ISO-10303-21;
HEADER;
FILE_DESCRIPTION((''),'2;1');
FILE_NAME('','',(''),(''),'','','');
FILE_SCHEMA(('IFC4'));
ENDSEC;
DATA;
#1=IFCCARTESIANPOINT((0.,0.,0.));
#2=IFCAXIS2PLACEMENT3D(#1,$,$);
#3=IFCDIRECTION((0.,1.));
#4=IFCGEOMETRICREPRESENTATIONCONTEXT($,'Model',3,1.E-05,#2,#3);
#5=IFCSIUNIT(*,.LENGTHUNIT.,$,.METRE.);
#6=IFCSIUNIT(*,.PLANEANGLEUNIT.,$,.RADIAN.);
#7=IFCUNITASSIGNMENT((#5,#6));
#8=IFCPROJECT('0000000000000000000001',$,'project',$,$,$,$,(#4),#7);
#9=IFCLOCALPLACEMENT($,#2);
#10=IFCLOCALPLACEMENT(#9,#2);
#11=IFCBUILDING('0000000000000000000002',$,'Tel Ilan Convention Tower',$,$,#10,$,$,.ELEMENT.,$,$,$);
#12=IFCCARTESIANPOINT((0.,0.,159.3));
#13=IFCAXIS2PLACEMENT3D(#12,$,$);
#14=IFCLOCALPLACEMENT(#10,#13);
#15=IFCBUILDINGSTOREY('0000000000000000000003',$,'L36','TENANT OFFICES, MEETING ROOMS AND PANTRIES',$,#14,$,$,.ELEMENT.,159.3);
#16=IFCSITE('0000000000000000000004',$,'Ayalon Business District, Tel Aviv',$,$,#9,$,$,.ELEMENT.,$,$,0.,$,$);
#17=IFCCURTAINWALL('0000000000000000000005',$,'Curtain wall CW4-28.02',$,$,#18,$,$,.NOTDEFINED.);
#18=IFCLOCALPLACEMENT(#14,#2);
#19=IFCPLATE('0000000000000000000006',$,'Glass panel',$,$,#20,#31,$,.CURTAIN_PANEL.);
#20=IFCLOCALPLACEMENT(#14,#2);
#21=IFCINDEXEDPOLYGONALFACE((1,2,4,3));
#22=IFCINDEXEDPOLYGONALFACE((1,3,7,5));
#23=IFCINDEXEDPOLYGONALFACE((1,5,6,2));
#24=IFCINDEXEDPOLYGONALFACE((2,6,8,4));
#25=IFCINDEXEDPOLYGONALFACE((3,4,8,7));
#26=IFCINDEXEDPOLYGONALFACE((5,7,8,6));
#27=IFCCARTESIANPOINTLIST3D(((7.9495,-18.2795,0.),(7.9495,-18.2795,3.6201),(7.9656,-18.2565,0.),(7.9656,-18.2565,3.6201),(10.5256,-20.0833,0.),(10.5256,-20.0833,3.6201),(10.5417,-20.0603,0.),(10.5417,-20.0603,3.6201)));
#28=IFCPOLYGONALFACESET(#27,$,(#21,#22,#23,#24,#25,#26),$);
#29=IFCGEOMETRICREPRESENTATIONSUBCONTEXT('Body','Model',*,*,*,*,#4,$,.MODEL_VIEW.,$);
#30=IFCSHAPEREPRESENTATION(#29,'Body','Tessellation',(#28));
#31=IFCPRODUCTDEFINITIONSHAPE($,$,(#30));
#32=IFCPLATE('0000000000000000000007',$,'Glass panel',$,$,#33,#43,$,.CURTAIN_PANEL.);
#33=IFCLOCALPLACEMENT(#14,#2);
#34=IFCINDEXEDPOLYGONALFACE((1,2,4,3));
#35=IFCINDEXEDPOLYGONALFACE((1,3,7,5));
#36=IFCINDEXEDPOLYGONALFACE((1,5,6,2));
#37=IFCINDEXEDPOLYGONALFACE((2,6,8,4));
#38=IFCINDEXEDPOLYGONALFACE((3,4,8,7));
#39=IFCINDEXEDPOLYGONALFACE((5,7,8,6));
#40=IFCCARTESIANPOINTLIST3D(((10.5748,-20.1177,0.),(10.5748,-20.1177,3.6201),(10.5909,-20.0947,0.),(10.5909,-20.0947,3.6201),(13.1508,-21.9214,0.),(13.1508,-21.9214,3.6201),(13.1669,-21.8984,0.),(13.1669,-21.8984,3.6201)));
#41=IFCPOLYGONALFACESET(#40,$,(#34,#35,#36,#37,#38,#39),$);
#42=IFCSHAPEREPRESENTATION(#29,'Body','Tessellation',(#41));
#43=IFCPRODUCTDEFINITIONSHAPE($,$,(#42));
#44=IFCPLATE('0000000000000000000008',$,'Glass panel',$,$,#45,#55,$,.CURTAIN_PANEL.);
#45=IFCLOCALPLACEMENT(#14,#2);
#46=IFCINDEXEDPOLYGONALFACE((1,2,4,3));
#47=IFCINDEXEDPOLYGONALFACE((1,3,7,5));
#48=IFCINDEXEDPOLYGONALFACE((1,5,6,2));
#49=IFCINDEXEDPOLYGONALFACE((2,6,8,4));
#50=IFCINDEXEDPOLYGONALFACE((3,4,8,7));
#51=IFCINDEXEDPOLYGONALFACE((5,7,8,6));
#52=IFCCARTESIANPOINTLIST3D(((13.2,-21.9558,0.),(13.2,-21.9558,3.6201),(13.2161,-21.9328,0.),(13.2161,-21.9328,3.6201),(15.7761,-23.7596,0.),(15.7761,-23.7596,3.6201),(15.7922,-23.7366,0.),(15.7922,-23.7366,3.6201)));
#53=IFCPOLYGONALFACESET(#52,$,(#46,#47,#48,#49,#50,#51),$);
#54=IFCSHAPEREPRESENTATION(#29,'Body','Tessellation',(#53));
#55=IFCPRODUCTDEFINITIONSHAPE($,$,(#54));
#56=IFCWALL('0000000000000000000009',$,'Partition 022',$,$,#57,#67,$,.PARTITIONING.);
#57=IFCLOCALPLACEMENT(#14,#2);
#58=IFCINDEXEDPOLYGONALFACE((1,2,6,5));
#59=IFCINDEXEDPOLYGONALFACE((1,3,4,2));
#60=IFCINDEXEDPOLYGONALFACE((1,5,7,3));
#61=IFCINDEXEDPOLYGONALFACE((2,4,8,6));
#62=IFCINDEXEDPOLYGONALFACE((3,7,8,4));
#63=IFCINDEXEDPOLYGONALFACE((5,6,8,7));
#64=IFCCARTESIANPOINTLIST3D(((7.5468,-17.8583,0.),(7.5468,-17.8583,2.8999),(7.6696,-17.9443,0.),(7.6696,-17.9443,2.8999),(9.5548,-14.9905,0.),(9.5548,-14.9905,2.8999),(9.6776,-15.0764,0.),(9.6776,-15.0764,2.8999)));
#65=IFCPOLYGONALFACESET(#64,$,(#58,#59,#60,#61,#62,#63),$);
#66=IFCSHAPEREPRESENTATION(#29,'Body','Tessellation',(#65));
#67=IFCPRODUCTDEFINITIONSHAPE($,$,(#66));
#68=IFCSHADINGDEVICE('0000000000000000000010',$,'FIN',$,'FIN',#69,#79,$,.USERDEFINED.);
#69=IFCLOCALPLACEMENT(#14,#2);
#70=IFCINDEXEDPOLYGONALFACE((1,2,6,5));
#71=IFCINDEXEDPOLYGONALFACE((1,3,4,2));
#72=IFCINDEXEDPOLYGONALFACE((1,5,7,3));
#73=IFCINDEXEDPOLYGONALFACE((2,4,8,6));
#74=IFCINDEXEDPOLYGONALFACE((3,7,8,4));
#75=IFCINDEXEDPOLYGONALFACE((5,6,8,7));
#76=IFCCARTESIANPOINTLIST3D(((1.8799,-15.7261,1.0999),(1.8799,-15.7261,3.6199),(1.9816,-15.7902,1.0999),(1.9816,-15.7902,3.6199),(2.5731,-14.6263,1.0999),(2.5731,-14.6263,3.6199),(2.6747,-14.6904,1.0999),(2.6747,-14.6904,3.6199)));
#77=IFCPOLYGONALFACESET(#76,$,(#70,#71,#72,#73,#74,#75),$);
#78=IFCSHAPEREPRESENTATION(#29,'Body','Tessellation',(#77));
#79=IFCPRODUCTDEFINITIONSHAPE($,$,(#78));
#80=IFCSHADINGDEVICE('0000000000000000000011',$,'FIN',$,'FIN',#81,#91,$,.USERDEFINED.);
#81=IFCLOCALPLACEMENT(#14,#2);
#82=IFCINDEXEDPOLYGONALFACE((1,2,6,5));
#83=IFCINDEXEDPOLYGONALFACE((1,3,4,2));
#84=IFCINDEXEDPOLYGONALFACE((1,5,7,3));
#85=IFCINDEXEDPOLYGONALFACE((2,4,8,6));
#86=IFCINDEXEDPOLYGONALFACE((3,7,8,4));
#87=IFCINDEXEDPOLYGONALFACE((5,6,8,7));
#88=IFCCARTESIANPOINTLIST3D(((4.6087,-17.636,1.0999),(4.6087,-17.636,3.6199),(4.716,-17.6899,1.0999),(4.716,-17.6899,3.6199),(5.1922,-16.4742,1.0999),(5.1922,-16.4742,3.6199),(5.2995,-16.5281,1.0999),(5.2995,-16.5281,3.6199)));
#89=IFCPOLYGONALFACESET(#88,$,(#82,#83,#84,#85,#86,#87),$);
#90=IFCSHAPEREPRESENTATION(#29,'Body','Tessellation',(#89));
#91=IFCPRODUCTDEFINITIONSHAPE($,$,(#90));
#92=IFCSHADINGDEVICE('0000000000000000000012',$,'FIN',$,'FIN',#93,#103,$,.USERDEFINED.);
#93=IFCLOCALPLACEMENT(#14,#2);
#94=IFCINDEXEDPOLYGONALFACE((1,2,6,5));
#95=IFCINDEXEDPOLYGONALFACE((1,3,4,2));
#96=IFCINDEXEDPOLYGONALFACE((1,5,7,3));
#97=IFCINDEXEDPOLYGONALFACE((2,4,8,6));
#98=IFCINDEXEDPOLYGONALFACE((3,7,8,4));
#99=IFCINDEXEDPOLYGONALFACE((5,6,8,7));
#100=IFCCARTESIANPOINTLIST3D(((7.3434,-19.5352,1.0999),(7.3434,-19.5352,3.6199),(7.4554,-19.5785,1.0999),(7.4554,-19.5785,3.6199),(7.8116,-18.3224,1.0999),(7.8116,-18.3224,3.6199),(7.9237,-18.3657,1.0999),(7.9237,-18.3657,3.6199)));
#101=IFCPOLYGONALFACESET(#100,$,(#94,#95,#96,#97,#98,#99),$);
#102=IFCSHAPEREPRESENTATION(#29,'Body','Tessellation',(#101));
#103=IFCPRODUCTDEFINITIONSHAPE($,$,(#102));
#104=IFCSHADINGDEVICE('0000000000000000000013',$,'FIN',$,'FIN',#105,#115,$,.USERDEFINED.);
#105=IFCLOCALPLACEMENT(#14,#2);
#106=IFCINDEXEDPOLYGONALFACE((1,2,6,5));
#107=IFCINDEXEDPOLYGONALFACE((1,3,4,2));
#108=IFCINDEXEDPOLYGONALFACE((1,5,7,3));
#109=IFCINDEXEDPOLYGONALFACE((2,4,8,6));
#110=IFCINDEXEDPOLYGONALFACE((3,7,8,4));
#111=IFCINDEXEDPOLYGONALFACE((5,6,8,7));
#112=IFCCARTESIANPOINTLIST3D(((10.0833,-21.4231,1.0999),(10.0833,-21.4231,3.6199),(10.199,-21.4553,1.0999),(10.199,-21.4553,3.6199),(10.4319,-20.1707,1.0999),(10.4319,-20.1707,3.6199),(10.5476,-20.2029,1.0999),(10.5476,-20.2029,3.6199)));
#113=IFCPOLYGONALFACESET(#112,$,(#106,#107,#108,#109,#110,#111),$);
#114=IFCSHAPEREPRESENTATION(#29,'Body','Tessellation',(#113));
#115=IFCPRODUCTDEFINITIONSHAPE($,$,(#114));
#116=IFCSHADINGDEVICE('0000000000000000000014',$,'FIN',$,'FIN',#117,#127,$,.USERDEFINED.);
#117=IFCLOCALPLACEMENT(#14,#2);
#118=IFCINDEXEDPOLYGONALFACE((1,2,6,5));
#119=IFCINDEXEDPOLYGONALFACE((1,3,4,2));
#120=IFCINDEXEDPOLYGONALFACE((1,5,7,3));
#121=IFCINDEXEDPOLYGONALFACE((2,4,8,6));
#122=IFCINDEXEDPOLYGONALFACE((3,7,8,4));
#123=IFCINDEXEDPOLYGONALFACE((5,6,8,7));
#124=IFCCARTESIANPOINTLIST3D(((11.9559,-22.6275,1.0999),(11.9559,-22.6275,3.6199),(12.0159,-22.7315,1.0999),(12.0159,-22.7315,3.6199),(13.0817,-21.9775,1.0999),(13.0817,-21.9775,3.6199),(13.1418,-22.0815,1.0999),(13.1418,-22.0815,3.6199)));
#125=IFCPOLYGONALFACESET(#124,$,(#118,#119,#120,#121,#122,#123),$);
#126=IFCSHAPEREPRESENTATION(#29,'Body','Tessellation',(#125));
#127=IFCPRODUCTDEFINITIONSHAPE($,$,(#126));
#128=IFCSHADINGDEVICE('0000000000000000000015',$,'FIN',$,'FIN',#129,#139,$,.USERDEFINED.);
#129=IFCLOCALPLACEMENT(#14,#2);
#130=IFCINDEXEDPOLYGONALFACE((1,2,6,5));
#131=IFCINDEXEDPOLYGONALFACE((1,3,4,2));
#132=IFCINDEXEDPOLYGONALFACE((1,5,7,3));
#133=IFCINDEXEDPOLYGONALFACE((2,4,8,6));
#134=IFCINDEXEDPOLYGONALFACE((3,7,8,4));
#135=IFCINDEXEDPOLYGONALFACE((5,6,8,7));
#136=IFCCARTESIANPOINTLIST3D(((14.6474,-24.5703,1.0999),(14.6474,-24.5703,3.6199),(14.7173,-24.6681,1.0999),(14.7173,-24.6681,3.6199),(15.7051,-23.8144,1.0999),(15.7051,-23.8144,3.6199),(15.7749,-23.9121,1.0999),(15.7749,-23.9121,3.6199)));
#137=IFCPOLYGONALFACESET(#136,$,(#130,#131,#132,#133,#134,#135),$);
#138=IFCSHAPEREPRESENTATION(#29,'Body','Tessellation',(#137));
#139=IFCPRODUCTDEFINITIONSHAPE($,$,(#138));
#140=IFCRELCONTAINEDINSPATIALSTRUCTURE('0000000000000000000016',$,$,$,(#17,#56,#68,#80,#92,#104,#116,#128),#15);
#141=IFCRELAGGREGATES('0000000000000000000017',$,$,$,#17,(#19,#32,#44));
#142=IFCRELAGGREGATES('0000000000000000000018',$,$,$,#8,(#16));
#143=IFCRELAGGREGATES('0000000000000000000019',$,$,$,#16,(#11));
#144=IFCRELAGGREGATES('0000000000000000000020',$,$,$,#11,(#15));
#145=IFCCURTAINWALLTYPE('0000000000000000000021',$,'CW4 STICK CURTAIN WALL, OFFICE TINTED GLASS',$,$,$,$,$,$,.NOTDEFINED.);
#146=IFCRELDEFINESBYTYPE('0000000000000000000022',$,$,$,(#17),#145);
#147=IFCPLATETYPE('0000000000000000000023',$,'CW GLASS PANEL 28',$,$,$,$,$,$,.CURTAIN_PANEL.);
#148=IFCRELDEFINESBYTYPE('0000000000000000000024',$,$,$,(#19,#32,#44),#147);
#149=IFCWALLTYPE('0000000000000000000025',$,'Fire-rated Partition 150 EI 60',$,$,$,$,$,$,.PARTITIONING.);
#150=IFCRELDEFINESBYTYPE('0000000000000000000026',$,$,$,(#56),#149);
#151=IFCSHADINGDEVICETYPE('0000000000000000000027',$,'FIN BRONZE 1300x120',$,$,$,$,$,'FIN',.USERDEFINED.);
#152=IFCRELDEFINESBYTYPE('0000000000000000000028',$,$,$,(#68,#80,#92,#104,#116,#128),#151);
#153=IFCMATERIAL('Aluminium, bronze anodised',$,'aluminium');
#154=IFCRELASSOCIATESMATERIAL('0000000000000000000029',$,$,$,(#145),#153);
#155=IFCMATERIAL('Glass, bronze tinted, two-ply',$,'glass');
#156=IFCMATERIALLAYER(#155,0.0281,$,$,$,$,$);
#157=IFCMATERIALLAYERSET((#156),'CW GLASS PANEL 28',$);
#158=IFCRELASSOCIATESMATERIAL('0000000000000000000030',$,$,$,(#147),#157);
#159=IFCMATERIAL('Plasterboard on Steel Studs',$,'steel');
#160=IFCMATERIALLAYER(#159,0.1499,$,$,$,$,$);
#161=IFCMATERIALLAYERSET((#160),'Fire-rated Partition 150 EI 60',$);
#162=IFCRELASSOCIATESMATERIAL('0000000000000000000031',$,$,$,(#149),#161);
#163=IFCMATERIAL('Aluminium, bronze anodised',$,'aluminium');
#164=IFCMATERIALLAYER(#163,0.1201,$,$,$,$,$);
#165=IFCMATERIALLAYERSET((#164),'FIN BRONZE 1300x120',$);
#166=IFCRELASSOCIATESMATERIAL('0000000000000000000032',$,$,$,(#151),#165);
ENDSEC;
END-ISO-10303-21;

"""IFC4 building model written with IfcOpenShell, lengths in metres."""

from ifc_helpers import new_model, si_unit, direction, frame, frame_2d, origin, origin_2d, place, context, subcontext, project, spatial, rectangle, extrude, material, layer, layer_set, type_object, element, aggregate, save


model = new_model("IFC4")

# Units and contexts
model_context = context("Model", 3, precision=1e-05, world=origin(), true_north=direction((0.0, 1.0)))
body_context = subcontext(model_context, "Body", "Model", "MODEL_VIEW")
ifc_project = project(units=[si_unit("LENGTHUNIT", "METRE"), si_unit("PLANEANGLEUNIT", "RADIAN")], contexts=[model_context])

# Site, building, storey
site_placement = place(None, origin())
site = spatial("IfcSite", under=ifc_project, at=site_placement, Name="Ayalon Business District, Tel Aviv", CompositionType="ELEMENT", RefElevation=0.0)
building_placement = place(site_placement, origin())
building = spatial("IfcBuilding", under=site, at=building_placement, Name="Tel Ilan Convention Tower", CompositionType="ELEMENT")
storey_placement = place(building_placement, frame((0.0, 0.0, 159.3)))
storey = spatial("IfcBuildingStorey", under=building, at=storey_placement, Name="L36", Description="TENANT OFFICES, MEETING ROOMS AND PANTRIES", CompositionType="ELEMENT", Elevation=159.3)

# Curtain wall, plates
ifc_material_1 = material(Name="Aluminium, bronze anodised", Category="aluminium")
curtain_wall_type = type_object("IfcCurtainWallType", Name="CW4 STICK CURTAIN WALL, OFFICE TINTED GLASS", PredefinedType="NOTDEFINED", material=ifc_material_1)
curtain_wall_placement = place(storey_placement, origin())
curtain_wall = element("IfcCurtainWall", 1, at=curtain_wall_placement, inside=storey, type_object=curtain_wall_type, Name="Curtain wall CW4-28.02", PredefinedType="NOTDEFINED")
ifc_material_2 = material(Name="Glass, bronze tinted, two-ply", Category="glass")
ifc_layer_1 = layer(ifc_material_2, 0.0281)
ifc_layer_set_1 = layer_set([ifc_layer_1], Name="CW GLASS PANEL 28")
plate_type = type_object("IfcPlateType", Name="CW GLASS PANEL 28", PredefinedType="CURTAIN_PANEL", material=ifc_layer_set_1)
plate_1_placement = place(storey_placement, frame((9.2456, -19.1699, 0.0), z_axis=(0.0, 0.0, 1.0), x_axis=(0.819152, -0.573576, 0.0)))
plate_1 = element("IfcPlate", 2, at=plate_1_placement, type_object=plate_type, Name="Glass panel", PredefinedType="CURTAIN_PANEL", context=body_context, shape_type="SweptSolid", body=[
    extrude(rectangle(XDim=3.1448, YDim=0.0281, at=origin_2d()), origin(), (0.0, 0.0, 1.0), 3.6201),
])
plate_2_placement = place(storey_placement, frame((11.8708, -21.0081, 0.0), z_axis=(0.0, 0.0, 1.0), x_axis=(0.819152, -0.573576, 0.0)))
plate_2 = element("IfcPlate", 3, at=plate_2_placement, type_object=plate_type, Name="Glass panel", PredefinedType="CURTAIN_PANEL", context=body_context, shape_type="SweptSolid", body=[
    extrude(rectangle(XDim=3.1448, YDim=0.0281, at=origin_2d()), origin(), (0.0, 0.0, 1.0), 3.6201),
])
plate_3_placement = place(storey_placement, frame((14.4961, -22.8462, 0.0), z_axis=(0.0, 0.0, 1.0), x_axis=(0.819152, -0.573576, 0.0)))
plate_3 = element("IfcPlate", 4, at=plate_3_placement, type_object=plate_type, Name="Glass panel", PredefinedType="CURTAIN_PANEL", context=body_context, shape_type="SweptSolid", body=[
    extrude(rectangle(XDim=3.1448, YDim=0.0281, at=origin_2d()), origin(), (0.0, 0.0, 1.0), 3.6201),
])
aggregate(curtain_wall, [plate_1, plate_2, plate_3])

# Wall
ifc_material_3 = material(Name="Plasterboard on Steel Studs", Category="steel")
ifc_layer_2 = layer(ifc_material_3, 0.1499)
ifc_layer_set_2 = layer_set([ifc_layer_2], Name="Fire-rated Partition 150 EI 60")
wall_type = type_object("IfcWallType", Name="Fire-rated Partition 150 EI 60", PredefinedType="PARTITIONING", material=ifc_layer_set_2)
wall_placement = place(storey_placement, frame((9.6162, -15.0334, 0.0), z_axis=(0.0, 0.0, 1.0), x_axis=(-0.573561, -0.819163, 0.0)))
element("IfcWall", 5, at=wall_placement, inside=storey, type_object=wall_type, Name="Partition 022", PredefinedType="PARTITIONING", context=body_context, shape_type="SweptSolid", body=[
    extrude(rectangle(XDim=3.501, YDim=0.1499, at=frame_2d((1.7505, 0.0))), origin(), (0.0, 0.0, 1.0), 2.8999),
])

# Shading devices
ifc_material_4 = material(Name="Aluminium, bronze anodised", Category="aluminium")
ifc_layer_3 = layer(ifc_material_4, 0.1201)
ifc_layer_set_3 = layer_set([ifc_layer_3], Name="FIN BRONZE 1300x120")
shading_device_type = type_object("IfcShadingDeviceType", Name="FIN BRONZE 1300x120", ElementType="FIN", PredefinedType="USERDEFINED", material=ifc_layer_set_3)
for number, where, z_axis, x_axis, name in (
    (6, (2.2773, -15.2083, 1.0999), (0.0, 0.0, 1.0), (-0.533204, -0.845986, 0.0), "FIN"),
    (7, (4.9541, -17.082, 1.0999), (0.0, 0.0, 1.0), (-0.448799, -0.893633, 0.0), "FIN"),
    (8, (7.6335, -18.9504, 1.0999), (0.0, 0.0, 1.0), (-0.360178, -0.932884, 0.0), "FIN"),
    (9, (10.3154, -20.813, 1.0999), (0.0, 0.0, 1.0), (-0.268173, -0.963371, 0.0), "FIN"),
    (10, (12.5488, -22.3545, 1.0999), (0.0, 0.0, 1.0), (-0.866025, -0.5, 0.0), "FIN"),
    (11, (15.2112, -24.2412, 1.0999), (0.0, 0.0, 1.0), (-0.813552, -0.581492, 0.0), "FIN"),
):
    element("IfcShadingDevice", number, at=place(storey_placement, frame(where, z_axis=z_axis, x_axis=x_axis)), inside=storey, type_object=shading_device_type, Name=name, ObjectType="FIN", PredefinedType="USERDEFINED", context=body_context, shape_type="SweptSolid", body=[
        extrude(rectangle(XDim=1.3, YDim=0.1201, at=origin_2d()), origin(), (0.0, 0.0, 1.0), 2.52),
    ])

save(model, "model.ifc")
